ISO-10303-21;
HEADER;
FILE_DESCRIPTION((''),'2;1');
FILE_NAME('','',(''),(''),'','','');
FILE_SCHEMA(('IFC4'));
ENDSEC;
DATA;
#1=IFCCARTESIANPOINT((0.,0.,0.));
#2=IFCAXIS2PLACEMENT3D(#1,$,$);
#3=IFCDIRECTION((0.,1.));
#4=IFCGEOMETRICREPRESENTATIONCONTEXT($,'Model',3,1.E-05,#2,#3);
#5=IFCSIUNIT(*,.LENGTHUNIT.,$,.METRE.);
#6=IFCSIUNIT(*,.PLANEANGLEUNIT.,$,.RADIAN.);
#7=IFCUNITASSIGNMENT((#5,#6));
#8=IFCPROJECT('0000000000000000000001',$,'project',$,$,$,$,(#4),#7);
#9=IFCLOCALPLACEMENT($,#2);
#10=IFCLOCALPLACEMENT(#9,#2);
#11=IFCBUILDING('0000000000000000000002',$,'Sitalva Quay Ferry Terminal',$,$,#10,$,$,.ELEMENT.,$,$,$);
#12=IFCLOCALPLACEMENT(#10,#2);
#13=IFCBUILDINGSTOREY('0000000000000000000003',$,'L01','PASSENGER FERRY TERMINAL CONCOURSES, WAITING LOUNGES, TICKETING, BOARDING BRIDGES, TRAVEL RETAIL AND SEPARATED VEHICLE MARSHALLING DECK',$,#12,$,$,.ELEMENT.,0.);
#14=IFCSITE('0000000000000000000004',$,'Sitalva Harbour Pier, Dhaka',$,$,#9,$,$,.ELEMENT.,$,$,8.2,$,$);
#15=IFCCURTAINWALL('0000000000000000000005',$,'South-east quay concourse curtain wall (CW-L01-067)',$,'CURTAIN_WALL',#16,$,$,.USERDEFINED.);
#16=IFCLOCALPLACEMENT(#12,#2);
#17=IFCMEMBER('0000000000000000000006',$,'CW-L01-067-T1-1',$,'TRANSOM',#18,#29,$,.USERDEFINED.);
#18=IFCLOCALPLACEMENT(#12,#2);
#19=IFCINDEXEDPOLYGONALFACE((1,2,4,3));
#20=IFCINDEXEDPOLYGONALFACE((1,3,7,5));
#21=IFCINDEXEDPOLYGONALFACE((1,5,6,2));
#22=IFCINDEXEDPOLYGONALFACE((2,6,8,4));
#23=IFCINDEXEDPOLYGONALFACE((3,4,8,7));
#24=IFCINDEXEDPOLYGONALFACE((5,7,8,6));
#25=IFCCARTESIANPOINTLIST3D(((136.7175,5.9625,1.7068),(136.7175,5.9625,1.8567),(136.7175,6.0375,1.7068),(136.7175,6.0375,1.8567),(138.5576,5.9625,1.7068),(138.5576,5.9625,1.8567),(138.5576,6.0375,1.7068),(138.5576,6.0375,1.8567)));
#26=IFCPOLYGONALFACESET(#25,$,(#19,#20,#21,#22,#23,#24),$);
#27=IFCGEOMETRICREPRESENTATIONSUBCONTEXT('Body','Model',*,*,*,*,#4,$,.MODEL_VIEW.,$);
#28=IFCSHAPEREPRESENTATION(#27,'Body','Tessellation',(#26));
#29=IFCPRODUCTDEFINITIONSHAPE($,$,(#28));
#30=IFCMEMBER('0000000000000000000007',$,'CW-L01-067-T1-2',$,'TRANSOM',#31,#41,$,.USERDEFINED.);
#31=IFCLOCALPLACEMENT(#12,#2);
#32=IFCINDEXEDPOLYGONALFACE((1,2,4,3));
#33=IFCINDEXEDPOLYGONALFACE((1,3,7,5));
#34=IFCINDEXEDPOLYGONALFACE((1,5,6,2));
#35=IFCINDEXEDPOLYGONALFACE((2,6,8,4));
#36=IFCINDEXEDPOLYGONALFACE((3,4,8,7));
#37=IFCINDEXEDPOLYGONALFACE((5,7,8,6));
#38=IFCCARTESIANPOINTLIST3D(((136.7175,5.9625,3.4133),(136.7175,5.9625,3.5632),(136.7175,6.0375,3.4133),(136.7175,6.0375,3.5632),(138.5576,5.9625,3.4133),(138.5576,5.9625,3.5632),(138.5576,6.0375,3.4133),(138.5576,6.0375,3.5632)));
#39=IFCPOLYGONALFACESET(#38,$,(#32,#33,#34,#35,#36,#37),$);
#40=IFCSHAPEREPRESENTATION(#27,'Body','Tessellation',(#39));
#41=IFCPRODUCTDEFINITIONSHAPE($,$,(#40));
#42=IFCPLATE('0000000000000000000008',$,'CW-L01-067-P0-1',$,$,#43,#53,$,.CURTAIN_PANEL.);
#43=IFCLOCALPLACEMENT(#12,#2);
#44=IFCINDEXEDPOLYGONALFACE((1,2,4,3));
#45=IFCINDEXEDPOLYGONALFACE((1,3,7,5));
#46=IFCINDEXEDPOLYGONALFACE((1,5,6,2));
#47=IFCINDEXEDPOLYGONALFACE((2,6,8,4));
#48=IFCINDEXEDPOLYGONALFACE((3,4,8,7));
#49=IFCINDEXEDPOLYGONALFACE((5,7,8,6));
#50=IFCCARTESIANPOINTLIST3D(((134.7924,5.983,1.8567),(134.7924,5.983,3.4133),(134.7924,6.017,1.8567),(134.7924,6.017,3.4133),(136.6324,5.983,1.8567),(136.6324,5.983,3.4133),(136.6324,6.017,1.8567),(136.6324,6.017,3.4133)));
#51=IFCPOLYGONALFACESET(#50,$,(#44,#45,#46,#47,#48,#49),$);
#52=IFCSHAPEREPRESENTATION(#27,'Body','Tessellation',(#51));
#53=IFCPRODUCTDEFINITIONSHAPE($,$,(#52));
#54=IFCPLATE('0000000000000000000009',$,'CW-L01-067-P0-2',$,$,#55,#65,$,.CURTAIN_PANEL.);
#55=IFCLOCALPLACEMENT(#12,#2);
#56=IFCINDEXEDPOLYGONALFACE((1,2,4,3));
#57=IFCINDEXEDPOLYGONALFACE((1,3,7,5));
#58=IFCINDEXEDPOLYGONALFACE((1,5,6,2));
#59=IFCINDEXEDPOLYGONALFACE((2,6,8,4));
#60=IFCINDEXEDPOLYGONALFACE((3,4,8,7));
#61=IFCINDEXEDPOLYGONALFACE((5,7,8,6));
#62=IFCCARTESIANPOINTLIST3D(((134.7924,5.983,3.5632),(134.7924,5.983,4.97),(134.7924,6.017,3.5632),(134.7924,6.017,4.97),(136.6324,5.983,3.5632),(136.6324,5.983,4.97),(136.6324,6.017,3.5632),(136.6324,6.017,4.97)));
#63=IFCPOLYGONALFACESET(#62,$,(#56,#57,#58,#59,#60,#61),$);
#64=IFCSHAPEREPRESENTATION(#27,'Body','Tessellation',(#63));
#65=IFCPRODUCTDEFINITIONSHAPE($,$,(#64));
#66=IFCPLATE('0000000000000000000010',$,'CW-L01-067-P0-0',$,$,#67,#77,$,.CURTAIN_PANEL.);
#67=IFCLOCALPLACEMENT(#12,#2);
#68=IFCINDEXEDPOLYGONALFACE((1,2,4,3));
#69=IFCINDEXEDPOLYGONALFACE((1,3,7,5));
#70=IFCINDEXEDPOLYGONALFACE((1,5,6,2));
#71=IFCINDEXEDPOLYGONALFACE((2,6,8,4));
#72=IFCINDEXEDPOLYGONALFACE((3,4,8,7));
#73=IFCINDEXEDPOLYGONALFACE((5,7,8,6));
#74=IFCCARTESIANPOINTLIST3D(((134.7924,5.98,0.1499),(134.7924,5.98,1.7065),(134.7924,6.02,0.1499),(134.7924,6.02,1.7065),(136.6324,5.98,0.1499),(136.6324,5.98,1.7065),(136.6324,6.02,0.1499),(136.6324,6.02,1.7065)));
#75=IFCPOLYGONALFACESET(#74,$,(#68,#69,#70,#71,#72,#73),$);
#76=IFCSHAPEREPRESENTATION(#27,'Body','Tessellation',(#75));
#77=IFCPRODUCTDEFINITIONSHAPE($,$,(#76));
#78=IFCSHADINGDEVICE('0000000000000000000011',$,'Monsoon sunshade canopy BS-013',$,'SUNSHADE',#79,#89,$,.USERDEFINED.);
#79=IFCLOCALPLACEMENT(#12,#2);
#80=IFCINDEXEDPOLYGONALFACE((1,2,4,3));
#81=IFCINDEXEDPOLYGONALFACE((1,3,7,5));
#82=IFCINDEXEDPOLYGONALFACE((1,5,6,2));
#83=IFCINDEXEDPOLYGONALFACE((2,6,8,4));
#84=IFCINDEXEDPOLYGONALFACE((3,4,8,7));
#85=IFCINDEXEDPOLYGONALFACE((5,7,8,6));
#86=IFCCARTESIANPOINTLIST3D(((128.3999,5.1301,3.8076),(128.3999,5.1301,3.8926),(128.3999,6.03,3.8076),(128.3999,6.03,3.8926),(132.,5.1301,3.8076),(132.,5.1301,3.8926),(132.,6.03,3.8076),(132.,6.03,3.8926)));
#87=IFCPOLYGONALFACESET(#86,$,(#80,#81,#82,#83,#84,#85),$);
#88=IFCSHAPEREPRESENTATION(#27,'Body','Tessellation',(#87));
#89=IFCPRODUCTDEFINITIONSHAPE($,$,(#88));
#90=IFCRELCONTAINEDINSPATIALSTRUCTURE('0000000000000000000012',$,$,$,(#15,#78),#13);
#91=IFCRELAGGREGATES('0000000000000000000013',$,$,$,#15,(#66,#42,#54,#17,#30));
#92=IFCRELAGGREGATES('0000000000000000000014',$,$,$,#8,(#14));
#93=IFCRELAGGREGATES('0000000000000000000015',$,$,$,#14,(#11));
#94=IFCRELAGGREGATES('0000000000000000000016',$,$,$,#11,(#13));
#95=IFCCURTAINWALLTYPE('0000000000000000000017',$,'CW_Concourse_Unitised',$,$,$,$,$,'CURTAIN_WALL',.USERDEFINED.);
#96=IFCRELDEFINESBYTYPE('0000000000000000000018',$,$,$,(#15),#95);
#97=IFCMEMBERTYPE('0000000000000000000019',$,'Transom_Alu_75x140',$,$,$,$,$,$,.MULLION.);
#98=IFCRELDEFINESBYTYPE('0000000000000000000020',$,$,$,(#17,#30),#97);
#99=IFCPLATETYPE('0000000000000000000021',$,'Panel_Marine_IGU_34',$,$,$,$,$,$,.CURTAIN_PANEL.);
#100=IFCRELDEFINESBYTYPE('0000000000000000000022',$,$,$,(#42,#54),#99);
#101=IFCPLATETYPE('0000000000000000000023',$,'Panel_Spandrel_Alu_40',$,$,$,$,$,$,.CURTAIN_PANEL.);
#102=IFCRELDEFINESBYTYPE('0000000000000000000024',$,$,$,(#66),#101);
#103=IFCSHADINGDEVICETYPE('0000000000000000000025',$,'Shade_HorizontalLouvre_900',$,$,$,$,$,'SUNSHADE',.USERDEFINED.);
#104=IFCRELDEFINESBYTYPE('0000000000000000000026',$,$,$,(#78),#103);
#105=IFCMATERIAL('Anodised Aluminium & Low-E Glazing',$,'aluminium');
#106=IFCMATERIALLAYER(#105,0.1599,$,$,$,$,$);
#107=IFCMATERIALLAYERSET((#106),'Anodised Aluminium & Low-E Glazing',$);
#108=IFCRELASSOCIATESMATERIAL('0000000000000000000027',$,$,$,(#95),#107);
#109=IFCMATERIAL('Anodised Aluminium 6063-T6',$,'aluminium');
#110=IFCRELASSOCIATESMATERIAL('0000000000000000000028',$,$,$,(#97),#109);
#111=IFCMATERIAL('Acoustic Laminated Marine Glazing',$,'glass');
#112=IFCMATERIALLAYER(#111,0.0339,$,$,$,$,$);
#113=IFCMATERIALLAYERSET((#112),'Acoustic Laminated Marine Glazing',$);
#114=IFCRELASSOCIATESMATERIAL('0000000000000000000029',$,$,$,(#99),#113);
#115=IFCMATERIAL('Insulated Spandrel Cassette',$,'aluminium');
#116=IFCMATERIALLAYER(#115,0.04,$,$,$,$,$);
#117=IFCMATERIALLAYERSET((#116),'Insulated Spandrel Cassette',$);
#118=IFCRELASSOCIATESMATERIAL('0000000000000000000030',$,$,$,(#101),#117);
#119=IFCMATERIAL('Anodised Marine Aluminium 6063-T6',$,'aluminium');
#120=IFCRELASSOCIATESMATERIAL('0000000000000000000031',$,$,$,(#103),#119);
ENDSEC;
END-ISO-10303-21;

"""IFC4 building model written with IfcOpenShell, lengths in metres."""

from ifc_helpers import new_model, si_unit, direction, frame, origin, origin_2d, place, context, subcontext, project, spatial, rectangle, extrude, material, layer, layer_set, material_profile, profile_set, type_object, element, aggregate, save


model = new_model("IFC4")

# Units and contexts
model_context = context("Model", 3, precision=1e-05, world=origin(), true_north=direction((0.0, 1.0)))
body_context = subcontext(model_context, "Body", "Model", "MODEL_VIEW")
ifc_project = project(units=[si_unit("LENGTHUNIT", "METRE"), si_unit("PLANEANGLEUNIT", "RADIAN")], contexts=[model_context])

# Site, building, storey
site_placement = place(None, origin())
site = spatial("IfcSite", under=ifc_project, at=site_placement, Name="Sitalva Harbour Pier, Dhaka", CompositionType="ELEMENT", RefElevation=8.2)
building_placement = place(site_placement, origin())
building = spatial("IfcBuilding", under=site, at=building_placement, Name="Sitalva Quay Ferry Terminal", CompositionType="ELEMENT")
storey_placement = place(building_placement, origin())
storey = spatial("IfcBuildingStorey", under=building, at=storey_placement, Name="L01", Description="PASSENGER FERRY TERMINAL CONCOURSES, WAITING LOUNGES, TICKETING, BOARDING BRIDGES, TRAVEL RETAIL AND SEPARATED VEHICLE MARSHALLING DECK", CompositionType="ELEMENT", Elevation=0.0)

# Curtain wall, members, plates
ifc_material_1 = material(Name="Anodised Aluminium & Low-E Glazing", Category="aluminium")
ifc_layer_1 = layer(ifc_material_1, 0.1599)
ifc_layer_set_1 = layer_set([ifc_layer_1], Name="Anodised Aluminium & Low-E Glazing")
curtain_wall_type = type_object("IfcCurtainWallType", Name="CW_Concourse_Unitised", ElementType="CURTAIN_WALL", PredefinedType="USERDEFINED", material=ifc_layer_set_1)
curtain_wall_placement = place(storey_placement, origin())
curtain_wall = element("IfcCurtainWall", 1, at=curtain_wall_placement, inside=storey, type_object=curtain_wall_type, Name="South-east quay concourse curtain wall (CW-L01-067)", ObjectType="CURTAIN_WALL", PredefinedType="USERDEFINED")
ifc_material_2 = material(Name="Anodised Aluminium 6063-T6", Category="aluminium")
ifc_material_profile_1 = material_profile(ifc_material_2, rectangle(XDim=0.075, YDim=0.1499, at=origin_2d()), Name="ALU75x150")
ifc_profile_set_1 = profile_set([ifc_material_profile_1], Name="Anodised Aluminium 6063-T6")
member_type_1 = type_object("IfcMemberType", Name="Transom_Alu_75x140", PredefinedType="MULLION", material=ifc_profile_set_1)
member_1_placement = place(storey_placement, frame((136.7175, 6.0, 1.7817), z_axis=(1.0, 0.0, 0.0), x_axis=(0.0, 1.0, 0.0)))
member_1 = element("IfcMember", 2, at=member_1_placement, type_object=member_type_1, Name="CW-L01-067-T1-1", ObjectType="TRANSOM", PredefinedType="USERDEFINED", context=body_context, shape_type="SweptSolid", body=[
    extrude(rectangle(XDim=0.075, YDim=0.1499, at=origin_2d()), origin(), (0.0, 0.0, 1.0), 1.8401),
])
member_2_placement = place(storey_placement, frame((136.7175, 6.0, 3.4883), z_axis=(1.0, 0.0, 0.0), x_axis=(0.0, 1.0, 0.0)))
member_2 = element("IfcMember", 3, at=member_2_placement, type_object=member_type_1, Name="CW-L01-067-T1-2", ObjectType="TRANSOM", PredefinedType="USERDEFINED", context=body_context, shape_type="SweptSolid", body=[
    extrude(rectangle(XDim=0.075, YDim=0.1499, at=origin_2d()), origin(), (0.0, 0.0, 1.0), 1.8401),
])
ifc_material_3 = material(Name="Acoustic Laminated Marine Glazing", Category="glass")
ifc_layer_2 = layer(ifc_material_3, 0.0339)
ifc_layer_set_2 = layer_set([ifc_layer_2], Name="Acoustic Laminated Marine Glazing")
plate_type_1 = type_object("IfcPlateType", Name="Panel_Marine_IGU_34", PredefinedType="CURTAIN_PANEL", material=ifc_layer_set_2)
plate_1_placement = place(storey_placement, frame((135.7124, 6.0, 1.8567), z_axis=(0.0, 0.0, 1.0), x_axis=(1.0, 0.0, 0.0)))
plate_1 = element("IfcPlate", 4, at=plate_1_placement, type_object=plate_type_1, Name="CW-L01-067-P0-1", PredefinedType="CURTAIN_PANEL", context=body_context, shape_type="SweptSolid", body=[
    extrude(rectangle(XDim=1.8401, YDim=0.0339, at=origin_2d()), origin(), (0.0, 0.0, 1.0), 1.5566),
])
plate_2_placement = place(storey_placement, frame((135.7124, 6.0, 3.5632), z_axis=(0.0, 0.0, 1.0), x_axis=(1.0, 0.0, 0.0)))
plate_2 = element("IfcPlate", 5, at=plate_2_placement, type_object=plate_type_1, Name="CW-L01-067-P0-2", PredefinedType="CURTAIN_PANEL", context=body_context, shape_type="SweptSolid", body=[
    extrude(rectangle(XDim=1.8401, YDim=0.0339, at=origin_2d()), origin(), (0.0, 0.0, 1.0), 1.4067),
])
ifc_material_4 = material(Name="Insulated Spandrel Cassette", Category="aluminium")
ifc_layer_3 = layer(ifc_material_4, 0.04)
ifc_layer_set_3 = layer_set([ifc_layer_3], Name="Insulated Spandrel Cassette")
plate_type_2 = type_object("IfcPlateType", Name="Panel_Spandrel_Alu_40", PredefinedType="CURTAIN_PANEL", material=ifc_layer_set_3)
plate_3_placement = place(storey_placement, frame((135.7124, 6.0, 0.1499), z_axis=(0.0, 0.0, 1.0), x_axis=(1.0, 0.0, 0.0)))
plate_3 = element("IfcPlate", 6, at=plate_3_placement, type_object=plate_type_2, Name="CW-L01-067-P0-0", PredefinedType="CURTAIN_PANEL", context=body_context, shape_type="SweptSolid", body=[
    extrude(rectangle(XDim=1.8401, YDim=0.04, at=origin_2d()), origin(), (0.0, 0.0, 1.0), 1.5566),
])
aggregate(curtain_wall, [plate_3, plate_1, plate_2, member_1, member_2])

# Shading device
ifc_material_5 = material(Name="Anodised Marine Aluminium 6063-T6", Category="aluminium")
shading_device_type = type_object("IfcShadingDeviceType", Name="Shade_HorizontalLouvre_900", ElementType="SUNSHADE", PredefinedType="USERDEFINED", material=ifc_material_5)
shading_device_placement = place(storey_placement, frame((130.2, 5.5801, 3.8076), z_axis=(0.0, 0.0, 1.0), x_axis=(1.0, 0.0, 0.0)))
element("IfcShadingDevice", 7, at=shading_device_placement, inside=storey, type_object=shading_device_type, Name="Monsoon sunshade canopy BS-013", ObjectType="SUNSHADE", PredefinedType="USERDEFINED", context=body_context, shape_type="SweptSolid", body=[
    extrude(rectangle(XDim=3.6001, YDim=0.8999, at=origin_2d()), origin(), (0.0, 0.0, 1.0), 0.085),
])

save(model, "model.ifc")
